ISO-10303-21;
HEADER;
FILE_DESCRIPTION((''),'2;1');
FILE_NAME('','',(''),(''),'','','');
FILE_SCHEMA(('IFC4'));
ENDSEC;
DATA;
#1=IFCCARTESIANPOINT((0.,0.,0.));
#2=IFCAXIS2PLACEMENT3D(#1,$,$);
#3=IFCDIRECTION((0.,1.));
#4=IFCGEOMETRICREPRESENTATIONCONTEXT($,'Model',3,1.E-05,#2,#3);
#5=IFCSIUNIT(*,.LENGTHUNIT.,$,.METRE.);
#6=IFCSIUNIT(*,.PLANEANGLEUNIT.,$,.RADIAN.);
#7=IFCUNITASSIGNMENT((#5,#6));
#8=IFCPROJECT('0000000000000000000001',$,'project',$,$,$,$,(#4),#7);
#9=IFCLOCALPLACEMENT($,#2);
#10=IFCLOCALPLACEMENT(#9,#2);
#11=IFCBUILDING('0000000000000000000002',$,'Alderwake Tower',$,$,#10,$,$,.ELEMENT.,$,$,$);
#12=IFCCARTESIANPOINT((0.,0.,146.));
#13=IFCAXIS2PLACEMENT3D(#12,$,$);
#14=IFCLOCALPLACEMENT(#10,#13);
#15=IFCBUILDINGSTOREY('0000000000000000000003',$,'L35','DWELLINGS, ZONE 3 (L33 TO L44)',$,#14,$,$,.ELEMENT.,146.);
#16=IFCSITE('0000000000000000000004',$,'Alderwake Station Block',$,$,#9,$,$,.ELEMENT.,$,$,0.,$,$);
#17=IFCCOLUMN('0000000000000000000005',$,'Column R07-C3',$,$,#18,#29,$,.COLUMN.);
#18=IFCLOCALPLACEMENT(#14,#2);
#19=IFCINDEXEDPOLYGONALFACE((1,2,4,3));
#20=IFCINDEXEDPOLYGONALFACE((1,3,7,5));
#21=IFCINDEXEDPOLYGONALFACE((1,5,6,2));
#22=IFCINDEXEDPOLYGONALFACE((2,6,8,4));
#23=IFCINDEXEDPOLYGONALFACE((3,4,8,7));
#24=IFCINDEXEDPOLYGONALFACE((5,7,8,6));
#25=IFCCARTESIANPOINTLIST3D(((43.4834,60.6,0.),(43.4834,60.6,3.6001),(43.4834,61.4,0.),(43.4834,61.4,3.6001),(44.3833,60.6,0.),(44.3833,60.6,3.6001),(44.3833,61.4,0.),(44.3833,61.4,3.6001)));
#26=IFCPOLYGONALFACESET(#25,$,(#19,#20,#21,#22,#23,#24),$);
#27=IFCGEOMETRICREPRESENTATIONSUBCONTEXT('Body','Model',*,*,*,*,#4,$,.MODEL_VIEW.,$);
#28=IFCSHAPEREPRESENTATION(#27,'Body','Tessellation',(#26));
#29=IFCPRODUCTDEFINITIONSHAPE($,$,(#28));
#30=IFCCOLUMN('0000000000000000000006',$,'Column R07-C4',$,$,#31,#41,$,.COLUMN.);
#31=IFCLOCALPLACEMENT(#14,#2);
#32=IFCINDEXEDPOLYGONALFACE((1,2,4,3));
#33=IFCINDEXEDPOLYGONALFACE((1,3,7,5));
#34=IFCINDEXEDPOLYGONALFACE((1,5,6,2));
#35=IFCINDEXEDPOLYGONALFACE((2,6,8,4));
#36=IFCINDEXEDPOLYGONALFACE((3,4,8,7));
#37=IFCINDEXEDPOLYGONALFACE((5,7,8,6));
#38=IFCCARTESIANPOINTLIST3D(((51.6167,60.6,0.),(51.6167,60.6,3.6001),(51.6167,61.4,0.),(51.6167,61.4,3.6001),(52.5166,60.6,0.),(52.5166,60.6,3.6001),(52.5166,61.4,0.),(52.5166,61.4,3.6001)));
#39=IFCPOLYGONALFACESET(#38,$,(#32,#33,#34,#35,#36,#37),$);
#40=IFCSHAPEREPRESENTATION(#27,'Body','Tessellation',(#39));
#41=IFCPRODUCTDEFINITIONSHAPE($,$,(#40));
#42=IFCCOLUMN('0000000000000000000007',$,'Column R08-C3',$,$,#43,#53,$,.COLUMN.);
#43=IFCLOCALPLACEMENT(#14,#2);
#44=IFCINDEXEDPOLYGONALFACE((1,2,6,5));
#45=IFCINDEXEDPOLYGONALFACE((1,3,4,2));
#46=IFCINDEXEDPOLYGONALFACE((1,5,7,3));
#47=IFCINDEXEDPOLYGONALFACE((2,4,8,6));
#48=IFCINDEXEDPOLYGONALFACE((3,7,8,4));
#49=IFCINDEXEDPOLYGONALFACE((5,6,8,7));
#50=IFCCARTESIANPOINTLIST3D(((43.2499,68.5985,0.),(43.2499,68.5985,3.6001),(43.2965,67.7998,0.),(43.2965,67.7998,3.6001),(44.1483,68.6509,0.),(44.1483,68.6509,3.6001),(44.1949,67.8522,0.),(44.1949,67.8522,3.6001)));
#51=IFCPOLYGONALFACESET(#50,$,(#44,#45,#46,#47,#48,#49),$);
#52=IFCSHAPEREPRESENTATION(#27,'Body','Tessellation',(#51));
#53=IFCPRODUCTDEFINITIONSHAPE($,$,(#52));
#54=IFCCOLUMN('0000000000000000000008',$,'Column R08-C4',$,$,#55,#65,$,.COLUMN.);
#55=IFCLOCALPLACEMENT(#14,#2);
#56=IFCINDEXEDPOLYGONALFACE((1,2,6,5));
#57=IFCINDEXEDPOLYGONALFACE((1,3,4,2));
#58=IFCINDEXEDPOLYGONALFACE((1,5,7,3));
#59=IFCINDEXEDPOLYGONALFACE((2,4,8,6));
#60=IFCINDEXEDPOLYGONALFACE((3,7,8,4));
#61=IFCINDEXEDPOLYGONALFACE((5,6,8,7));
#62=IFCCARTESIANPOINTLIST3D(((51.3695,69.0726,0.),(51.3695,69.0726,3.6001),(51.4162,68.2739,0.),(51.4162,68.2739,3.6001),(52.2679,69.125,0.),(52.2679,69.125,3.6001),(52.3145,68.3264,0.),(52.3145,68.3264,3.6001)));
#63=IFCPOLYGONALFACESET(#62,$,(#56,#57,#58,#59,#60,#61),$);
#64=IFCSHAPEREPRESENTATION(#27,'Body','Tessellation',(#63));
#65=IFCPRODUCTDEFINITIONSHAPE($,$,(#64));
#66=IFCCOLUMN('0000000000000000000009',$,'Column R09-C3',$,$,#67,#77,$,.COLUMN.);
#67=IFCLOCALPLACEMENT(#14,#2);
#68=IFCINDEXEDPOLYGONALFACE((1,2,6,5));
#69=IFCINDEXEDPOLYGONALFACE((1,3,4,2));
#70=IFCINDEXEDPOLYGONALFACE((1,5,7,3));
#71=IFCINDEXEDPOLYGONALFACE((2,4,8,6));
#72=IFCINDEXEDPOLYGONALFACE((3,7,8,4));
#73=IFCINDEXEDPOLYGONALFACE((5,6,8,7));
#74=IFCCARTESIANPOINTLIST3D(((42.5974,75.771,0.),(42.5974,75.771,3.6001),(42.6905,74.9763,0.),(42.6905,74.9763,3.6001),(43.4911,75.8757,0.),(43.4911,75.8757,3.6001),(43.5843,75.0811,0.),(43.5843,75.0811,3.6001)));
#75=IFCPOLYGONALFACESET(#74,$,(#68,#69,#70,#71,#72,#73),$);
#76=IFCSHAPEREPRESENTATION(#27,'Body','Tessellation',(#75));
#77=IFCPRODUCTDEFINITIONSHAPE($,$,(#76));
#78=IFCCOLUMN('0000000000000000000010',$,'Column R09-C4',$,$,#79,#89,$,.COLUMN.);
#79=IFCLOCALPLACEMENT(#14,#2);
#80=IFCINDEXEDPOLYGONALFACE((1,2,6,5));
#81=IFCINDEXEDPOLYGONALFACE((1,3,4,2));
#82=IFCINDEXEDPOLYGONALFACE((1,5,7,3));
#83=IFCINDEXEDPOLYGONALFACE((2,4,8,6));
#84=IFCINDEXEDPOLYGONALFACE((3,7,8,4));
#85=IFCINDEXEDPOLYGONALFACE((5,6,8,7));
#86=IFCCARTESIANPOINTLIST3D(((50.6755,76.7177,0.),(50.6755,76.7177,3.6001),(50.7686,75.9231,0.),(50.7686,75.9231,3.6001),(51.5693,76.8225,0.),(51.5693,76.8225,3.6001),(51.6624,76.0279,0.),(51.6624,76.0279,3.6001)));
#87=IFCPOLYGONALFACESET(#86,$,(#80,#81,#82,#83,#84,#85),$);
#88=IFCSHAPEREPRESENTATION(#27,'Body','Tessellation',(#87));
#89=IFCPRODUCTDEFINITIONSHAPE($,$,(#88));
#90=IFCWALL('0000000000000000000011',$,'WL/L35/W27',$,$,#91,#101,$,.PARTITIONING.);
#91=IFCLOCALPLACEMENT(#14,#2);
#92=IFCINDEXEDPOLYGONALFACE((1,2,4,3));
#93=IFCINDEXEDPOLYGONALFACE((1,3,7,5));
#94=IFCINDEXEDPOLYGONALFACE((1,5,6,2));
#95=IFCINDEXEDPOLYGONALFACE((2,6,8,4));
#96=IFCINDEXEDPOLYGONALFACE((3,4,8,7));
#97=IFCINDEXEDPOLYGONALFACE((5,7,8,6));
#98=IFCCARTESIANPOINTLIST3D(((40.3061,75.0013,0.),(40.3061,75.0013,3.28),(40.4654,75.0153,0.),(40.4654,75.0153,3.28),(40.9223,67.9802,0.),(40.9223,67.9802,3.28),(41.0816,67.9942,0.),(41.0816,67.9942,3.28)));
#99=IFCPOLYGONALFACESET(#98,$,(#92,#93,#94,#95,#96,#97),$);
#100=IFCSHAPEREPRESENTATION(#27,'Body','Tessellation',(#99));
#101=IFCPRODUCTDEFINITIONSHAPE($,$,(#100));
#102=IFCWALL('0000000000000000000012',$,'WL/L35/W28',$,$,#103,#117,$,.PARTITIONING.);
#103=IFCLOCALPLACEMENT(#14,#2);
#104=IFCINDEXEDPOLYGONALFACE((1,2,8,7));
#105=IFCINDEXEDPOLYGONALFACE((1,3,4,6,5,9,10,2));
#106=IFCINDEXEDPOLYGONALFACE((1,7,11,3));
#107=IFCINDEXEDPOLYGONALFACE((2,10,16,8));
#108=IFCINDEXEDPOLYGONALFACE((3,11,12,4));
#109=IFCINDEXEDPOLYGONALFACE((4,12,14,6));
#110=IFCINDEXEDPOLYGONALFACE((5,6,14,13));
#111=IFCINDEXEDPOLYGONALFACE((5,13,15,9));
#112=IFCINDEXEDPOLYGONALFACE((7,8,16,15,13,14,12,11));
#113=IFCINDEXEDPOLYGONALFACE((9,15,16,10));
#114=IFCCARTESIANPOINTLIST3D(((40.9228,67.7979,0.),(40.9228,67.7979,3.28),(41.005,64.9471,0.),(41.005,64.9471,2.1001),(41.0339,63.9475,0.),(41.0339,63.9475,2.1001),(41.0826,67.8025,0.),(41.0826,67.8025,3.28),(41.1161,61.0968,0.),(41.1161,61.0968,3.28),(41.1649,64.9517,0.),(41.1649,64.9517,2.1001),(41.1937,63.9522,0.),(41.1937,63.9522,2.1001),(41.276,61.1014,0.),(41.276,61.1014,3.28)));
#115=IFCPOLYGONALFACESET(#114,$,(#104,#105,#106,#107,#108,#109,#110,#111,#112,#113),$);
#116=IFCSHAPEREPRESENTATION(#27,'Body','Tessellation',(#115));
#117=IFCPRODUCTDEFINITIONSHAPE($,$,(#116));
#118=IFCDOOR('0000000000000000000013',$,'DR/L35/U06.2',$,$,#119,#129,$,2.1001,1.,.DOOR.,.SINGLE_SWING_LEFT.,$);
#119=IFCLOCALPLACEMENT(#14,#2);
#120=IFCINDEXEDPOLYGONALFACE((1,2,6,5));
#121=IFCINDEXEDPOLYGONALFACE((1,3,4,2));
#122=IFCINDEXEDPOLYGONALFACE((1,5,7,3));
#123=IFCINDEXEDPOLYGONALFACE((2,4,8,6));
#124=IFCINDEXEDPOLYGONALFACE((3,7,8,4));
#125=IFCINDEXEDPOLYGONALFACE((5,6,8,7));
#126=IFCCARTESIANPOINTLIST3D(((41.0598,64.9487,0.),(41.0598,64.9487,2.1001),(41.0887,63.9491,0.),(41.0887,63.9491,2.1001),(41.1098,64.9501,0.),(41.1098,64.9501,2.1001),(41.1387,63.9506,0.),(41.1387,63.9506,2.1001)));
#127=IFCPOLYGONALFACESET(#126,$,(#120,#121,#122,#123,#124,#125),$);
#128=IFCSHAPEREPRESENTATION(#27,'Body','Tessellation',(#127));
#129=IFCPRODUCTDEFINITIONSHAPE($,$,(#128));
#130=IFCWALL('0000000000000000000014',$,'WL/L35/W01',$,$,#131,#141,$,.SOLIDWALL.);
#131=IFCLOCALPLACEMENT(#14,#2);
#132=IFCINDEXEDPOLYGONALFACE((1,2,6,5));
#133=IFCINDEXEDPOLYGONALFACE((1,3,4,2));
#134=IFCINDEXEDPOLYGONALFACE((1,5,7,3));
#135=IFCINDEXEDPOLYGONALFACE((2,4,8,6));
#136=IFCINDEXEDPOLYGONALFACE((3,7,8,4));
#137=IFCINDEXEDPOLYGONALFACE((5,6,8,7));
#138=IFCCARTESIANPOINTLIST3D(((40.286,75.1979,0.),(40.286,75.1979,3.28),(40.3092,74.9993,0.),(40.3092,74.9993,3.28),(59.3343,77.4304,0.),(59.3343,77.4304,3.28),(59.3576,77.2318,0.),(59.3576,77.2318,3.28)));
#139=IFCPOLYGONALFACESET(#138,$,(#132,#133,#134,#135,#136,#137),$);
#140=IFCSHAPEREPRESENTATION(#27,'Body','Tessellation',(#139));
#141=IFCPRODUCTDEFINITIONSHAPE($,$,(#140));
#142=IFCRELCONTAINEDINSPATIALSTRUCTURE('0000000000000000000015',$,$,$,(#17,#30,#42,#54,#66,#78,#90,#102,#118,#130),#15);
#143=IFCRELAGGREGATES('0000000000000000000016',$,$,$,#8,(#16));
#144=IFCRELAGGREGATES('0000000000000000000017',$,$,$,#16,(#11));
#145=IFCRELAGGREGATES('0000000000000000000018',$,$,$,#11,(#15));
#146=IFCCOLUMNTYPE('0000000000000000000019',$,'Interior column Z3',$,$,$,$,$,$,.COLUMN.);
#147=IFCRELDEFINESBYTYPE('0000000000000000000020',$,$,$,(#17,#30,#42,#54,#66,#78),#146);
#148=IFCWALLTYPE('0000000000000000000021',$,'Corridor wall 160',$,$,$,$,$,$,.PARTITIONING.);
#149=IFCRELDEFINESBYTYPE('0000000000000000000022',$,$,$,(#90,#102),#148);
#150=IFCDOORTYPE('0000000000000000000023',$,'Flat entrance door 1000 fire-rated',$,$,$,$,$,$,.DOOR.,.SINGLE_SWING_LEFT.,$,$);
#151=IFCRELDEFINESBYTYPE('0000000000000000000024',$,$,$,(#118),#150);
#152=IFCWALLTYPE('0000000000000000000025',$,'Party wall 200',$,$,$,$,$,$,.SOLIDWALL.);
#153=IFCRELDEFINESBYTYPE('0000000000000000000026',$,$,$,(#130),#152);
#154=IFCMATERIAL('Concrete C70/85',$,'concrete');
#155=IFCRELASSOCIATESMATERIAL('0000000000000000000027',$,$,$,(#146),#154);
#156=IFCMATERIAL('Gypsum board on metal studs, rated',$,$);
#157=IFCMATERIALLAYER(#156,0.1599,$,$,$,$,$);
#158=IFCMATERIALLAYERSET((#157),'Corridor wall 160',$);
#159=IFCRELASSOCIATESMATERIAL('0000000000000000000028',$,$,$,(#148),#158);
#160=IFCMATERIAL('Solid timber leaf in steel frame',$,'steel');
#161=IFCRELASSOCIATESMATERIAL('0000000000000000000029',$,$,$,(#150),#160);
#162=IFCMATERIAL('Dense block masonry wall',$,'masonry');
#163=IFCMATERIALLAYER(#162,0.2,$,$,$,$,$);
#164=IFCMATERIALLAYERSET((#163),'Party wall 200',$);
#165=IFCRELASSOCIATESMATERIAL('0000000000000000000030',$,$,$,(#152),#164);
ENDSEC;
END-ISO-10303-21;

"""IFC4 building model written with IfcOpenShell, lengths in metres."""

from ifc_helpers import new_model, si_unit, direction, frame, frame_2d, origin, origin_2d, place, context, subcontext, project, spatial, rectangle, extrude, material, layer, layer_set, material_profile, profile_set, type_object, element, fill, save


model = new_model("IFC4")

# Units and contexts
model_context = context("Model", 3, precision=1e-05, world=origin(), true_north=direction((0.0, 1.0)))
body_context = subcontext(model_context, "Body", "Model", "MODEL_VIEW")
ifc_project = project(units=[si_unit("LENGTHUNIT", "METRE"), si_unit("PLANEANGLEUNIT", "RADIAN")], contexts=[model_context])

# Site, building, storey
site_placement = place(None, origin())
site = spatial("IfcSite", under=ifc_project, at=site_placement, Name="Alderwake Station Block", CompositionType="ELEMENT", RefElevation=0.0)
building_placement = place(site_placement, origin())
building = spatial("IfcBuilding", under=site, at=building_placement, Name="Alderwake Tower", CompositionType="ELEMENT")
storey_placement = place(building_placement, frame((0.0, 0.0, 146.0)))
storey = spatial("IfcBuildingStorey", under=building, at=storey_placement, Name="L35", Description="DWELLINGS, ZONE 3 (L33 TO L44)", CompositionType="ELEMENT", Elevation=146.0)

# Columns
ifc_material_1 = material(Name="Concrete C70/85", Category="concrete")
ifc_material_profile = material_profile(ifc_material_1, rectangle(XDim=0.8, YDim=0.8999, at=origin_2d()), Name="RC 900X800")
ifc_profile_set = profile_set([ifc_material_profile], Name="Concrete C70/85")
column_type = type_object("IfcColumnType", Name="Interior column Z3", PredefinedType="COLUMN", material=ifc_profile_set)
for number, where, z_axis, x_axis, name in (
    (1, (43.9333, 61.0, 0.0), (0.0, 0.0, 1.0), (0.0, 1.0, 0.0), "Column R07-C3"),
    (2, (52.0667, 61.0, 0.0), (0.0, 0.0, 1.0), (0.0, 1.0, 0.0), "Column R07-C4"),
    (3, (43.7224, 68.2253, 0.0), (0.0, 0.0, 1.0), (-0.058299, 0.998299, 0.0), "Column R08-C3"),
    (4, (51.842, 68.6995, 0.0), (0.0, 0.0, 1.0), (-0.058299, 0.998299, 0.0), "Column R08-C4"),
    (5, (43.0908, 75.426, 0.0), (0.0, 0.0, 1.0), (-0.116402, 0.993202, 0.0), "Column R09-C3"),
    (6, (51.1689, 76.3728, 0.0), (0.0, 0.0, 1.0), (-0.116402, 0.993202, 0.0), "Column R09-C4"),
):
    element("IfcColumn", number, at=place(storey_placement, frame(where, z_axis=z_axis, x_axis=x_axis)), inside=storey, type_object=column_type, Name=name, PredefinedType="COLUMN", context=body_context, shape_type="SweptSolid", body=[
        extrude(rectangle(XDim=0.8, YDim=0.8999, at=origin_2d()), origin(), (0.0, 0.0, 1.0), 3.6001),
    ])

# Wall
ifc_material_2 = material(Name="Gypsum board on metal studs, rated")
ifc_layer_1 = layer(ifc_material_2, 0.1599)
ifc_layer_set_1 = layer_set([ifc_layer_1], Name="Corridor wall 160")
wall_type_1 = type_object("IfcWallType", Name="Corridor wall 160", PredefinedType="PARTITIONING", material=ifc_layer_set_1)
wall_1_placement = place(storey_placement, frame((41.002, 67.9873, 0.0), z_axis=(0.0, 0.0, 1.0), x_axis=(-0.087431, 0.996171, 0.0)))
element("IfcWall", 7, at=wall_1_placement, inside=storey, type_object=wall_type_1, Name="WL/L35/W27", PredefinedType="PARTITIONING", context=body_context, shape_type="SweptSolid", body=[
    extrude(rectangle(XDim=7.0481, YDim=0.1599, at=frame_2d((3.5239, 0.0))), origin(), (0.0, 0.0, 1.0), 3.28),
])

# Wall, opening, door
wall_2_placement = place(storey_placement, frame((41.0027, 67.8003, 0.0), z_axis=(0.0, 0.0, 1.0), x_axis=(0.028843, -0.999584, 0.0)))
wall_2 = element("IfcWall", 8, at=wall_2_placement, inside=storey, type_object=wall_type_1, Name="WL/L35/W28", PredefinedType="PARTITIONING", context=body_context, shape_type="SweptSolid", body=[
    extrude(rectangle(XDim=6.7039, YDim=0.1599, at=frame_2d((3.3521, 0.0))), origin(), (0.0, 0.0, 1.0), 3.28),
])
opening_1_placement = place(wall_2_placement, frame((2.8521, 0.0, 0.0)))
opening_1 = element("IfcOpeningElement", 9, at=opening_1_placement, cuts=wall_2, PredefinedType="OPENING", context=body_context, shape_type="SweptSolid", body=[
    extrude(rectangle(XDim=1.0, YDim=2.1001, at=frame_2d((0.5, 1.05))), frame((0.0, 0.0898, 0.0), z_axis=(0.0, -1.0, 0.0), x_axis=(1.0, 0.0, 0.0)), (0.0, 0.0, 1.0), 0.1799),
])
ifc_material_3 = material(Name="Solid timber leaf in steel frame", Category="steel")
door_type_1 = type_object("IfcDoorType", Name="Flat entrance door 1000 fire-rated", OperationType="SINGLE_SWING_LEFT", PredefinedType="DOOR", material=ifc_material_3)
door_1_placement = place(opening_1_placement, origin())
door_1 = element("IfcDoor", 10, at=door_1_placement, inside=storey, type_object=door_type_1, Name="DR/L35/U06.2", OperationType="SINGLE_SWING_LEFT", OverallHeight=2.1001, OverallWidth=1.0, PredefinedType="DOOR", context=body_context, shape_type="SweptSolid", body=[
    extrude(rectangle(XDim=1.0, YDim=2.1001, at=frame_2d((0.5, 1.05))), frame((0.0, 0.0249, 0.0), z_axis=(0.0, -1.0, 0.0), x_axis=(1.0, 0.0, 0.0)), (0.0, 0.0, 1.0), 0.05),
])
fill(opening_1, door_1)

# Wall
ifc_material_4 = material(Name="Dense block masonry wall", Category="masonry")
ifc_layer_2 = layer(ifc_material_4, 0.2)
ifc_layer_set_2 = layer_set([ifc_layer_2], Name="Party wall 200")
wall_type_2 = type_object("IfcWallType", Name="Party wall 200", PredefinedType="SOLIDWALL", material=ifc_layer_set_2)
wall_3_placement = place(storey_placement, frame((40.2976, 75.0986, 0.0), z_axis=(0.0, 0.0, 1.0), x_axis=(0.993202, 0.116401, 0.0)))
element("IfcWall", 11, at=wall_3_placement, inside=storey, type_object=wall_type_2, Name="WL/L35/W01", PredefinedType="SOLIDWALL", context=body_context, shape_type="SweptSolid", body=[
    extrude(rectangle(XDim=19.1787, YDim=0.2, at=frame_2d((9.5894, 0.0))), origin(), (0.0, 0.0, 1.0), 3.28),
])

save(model, "model.ifc")
